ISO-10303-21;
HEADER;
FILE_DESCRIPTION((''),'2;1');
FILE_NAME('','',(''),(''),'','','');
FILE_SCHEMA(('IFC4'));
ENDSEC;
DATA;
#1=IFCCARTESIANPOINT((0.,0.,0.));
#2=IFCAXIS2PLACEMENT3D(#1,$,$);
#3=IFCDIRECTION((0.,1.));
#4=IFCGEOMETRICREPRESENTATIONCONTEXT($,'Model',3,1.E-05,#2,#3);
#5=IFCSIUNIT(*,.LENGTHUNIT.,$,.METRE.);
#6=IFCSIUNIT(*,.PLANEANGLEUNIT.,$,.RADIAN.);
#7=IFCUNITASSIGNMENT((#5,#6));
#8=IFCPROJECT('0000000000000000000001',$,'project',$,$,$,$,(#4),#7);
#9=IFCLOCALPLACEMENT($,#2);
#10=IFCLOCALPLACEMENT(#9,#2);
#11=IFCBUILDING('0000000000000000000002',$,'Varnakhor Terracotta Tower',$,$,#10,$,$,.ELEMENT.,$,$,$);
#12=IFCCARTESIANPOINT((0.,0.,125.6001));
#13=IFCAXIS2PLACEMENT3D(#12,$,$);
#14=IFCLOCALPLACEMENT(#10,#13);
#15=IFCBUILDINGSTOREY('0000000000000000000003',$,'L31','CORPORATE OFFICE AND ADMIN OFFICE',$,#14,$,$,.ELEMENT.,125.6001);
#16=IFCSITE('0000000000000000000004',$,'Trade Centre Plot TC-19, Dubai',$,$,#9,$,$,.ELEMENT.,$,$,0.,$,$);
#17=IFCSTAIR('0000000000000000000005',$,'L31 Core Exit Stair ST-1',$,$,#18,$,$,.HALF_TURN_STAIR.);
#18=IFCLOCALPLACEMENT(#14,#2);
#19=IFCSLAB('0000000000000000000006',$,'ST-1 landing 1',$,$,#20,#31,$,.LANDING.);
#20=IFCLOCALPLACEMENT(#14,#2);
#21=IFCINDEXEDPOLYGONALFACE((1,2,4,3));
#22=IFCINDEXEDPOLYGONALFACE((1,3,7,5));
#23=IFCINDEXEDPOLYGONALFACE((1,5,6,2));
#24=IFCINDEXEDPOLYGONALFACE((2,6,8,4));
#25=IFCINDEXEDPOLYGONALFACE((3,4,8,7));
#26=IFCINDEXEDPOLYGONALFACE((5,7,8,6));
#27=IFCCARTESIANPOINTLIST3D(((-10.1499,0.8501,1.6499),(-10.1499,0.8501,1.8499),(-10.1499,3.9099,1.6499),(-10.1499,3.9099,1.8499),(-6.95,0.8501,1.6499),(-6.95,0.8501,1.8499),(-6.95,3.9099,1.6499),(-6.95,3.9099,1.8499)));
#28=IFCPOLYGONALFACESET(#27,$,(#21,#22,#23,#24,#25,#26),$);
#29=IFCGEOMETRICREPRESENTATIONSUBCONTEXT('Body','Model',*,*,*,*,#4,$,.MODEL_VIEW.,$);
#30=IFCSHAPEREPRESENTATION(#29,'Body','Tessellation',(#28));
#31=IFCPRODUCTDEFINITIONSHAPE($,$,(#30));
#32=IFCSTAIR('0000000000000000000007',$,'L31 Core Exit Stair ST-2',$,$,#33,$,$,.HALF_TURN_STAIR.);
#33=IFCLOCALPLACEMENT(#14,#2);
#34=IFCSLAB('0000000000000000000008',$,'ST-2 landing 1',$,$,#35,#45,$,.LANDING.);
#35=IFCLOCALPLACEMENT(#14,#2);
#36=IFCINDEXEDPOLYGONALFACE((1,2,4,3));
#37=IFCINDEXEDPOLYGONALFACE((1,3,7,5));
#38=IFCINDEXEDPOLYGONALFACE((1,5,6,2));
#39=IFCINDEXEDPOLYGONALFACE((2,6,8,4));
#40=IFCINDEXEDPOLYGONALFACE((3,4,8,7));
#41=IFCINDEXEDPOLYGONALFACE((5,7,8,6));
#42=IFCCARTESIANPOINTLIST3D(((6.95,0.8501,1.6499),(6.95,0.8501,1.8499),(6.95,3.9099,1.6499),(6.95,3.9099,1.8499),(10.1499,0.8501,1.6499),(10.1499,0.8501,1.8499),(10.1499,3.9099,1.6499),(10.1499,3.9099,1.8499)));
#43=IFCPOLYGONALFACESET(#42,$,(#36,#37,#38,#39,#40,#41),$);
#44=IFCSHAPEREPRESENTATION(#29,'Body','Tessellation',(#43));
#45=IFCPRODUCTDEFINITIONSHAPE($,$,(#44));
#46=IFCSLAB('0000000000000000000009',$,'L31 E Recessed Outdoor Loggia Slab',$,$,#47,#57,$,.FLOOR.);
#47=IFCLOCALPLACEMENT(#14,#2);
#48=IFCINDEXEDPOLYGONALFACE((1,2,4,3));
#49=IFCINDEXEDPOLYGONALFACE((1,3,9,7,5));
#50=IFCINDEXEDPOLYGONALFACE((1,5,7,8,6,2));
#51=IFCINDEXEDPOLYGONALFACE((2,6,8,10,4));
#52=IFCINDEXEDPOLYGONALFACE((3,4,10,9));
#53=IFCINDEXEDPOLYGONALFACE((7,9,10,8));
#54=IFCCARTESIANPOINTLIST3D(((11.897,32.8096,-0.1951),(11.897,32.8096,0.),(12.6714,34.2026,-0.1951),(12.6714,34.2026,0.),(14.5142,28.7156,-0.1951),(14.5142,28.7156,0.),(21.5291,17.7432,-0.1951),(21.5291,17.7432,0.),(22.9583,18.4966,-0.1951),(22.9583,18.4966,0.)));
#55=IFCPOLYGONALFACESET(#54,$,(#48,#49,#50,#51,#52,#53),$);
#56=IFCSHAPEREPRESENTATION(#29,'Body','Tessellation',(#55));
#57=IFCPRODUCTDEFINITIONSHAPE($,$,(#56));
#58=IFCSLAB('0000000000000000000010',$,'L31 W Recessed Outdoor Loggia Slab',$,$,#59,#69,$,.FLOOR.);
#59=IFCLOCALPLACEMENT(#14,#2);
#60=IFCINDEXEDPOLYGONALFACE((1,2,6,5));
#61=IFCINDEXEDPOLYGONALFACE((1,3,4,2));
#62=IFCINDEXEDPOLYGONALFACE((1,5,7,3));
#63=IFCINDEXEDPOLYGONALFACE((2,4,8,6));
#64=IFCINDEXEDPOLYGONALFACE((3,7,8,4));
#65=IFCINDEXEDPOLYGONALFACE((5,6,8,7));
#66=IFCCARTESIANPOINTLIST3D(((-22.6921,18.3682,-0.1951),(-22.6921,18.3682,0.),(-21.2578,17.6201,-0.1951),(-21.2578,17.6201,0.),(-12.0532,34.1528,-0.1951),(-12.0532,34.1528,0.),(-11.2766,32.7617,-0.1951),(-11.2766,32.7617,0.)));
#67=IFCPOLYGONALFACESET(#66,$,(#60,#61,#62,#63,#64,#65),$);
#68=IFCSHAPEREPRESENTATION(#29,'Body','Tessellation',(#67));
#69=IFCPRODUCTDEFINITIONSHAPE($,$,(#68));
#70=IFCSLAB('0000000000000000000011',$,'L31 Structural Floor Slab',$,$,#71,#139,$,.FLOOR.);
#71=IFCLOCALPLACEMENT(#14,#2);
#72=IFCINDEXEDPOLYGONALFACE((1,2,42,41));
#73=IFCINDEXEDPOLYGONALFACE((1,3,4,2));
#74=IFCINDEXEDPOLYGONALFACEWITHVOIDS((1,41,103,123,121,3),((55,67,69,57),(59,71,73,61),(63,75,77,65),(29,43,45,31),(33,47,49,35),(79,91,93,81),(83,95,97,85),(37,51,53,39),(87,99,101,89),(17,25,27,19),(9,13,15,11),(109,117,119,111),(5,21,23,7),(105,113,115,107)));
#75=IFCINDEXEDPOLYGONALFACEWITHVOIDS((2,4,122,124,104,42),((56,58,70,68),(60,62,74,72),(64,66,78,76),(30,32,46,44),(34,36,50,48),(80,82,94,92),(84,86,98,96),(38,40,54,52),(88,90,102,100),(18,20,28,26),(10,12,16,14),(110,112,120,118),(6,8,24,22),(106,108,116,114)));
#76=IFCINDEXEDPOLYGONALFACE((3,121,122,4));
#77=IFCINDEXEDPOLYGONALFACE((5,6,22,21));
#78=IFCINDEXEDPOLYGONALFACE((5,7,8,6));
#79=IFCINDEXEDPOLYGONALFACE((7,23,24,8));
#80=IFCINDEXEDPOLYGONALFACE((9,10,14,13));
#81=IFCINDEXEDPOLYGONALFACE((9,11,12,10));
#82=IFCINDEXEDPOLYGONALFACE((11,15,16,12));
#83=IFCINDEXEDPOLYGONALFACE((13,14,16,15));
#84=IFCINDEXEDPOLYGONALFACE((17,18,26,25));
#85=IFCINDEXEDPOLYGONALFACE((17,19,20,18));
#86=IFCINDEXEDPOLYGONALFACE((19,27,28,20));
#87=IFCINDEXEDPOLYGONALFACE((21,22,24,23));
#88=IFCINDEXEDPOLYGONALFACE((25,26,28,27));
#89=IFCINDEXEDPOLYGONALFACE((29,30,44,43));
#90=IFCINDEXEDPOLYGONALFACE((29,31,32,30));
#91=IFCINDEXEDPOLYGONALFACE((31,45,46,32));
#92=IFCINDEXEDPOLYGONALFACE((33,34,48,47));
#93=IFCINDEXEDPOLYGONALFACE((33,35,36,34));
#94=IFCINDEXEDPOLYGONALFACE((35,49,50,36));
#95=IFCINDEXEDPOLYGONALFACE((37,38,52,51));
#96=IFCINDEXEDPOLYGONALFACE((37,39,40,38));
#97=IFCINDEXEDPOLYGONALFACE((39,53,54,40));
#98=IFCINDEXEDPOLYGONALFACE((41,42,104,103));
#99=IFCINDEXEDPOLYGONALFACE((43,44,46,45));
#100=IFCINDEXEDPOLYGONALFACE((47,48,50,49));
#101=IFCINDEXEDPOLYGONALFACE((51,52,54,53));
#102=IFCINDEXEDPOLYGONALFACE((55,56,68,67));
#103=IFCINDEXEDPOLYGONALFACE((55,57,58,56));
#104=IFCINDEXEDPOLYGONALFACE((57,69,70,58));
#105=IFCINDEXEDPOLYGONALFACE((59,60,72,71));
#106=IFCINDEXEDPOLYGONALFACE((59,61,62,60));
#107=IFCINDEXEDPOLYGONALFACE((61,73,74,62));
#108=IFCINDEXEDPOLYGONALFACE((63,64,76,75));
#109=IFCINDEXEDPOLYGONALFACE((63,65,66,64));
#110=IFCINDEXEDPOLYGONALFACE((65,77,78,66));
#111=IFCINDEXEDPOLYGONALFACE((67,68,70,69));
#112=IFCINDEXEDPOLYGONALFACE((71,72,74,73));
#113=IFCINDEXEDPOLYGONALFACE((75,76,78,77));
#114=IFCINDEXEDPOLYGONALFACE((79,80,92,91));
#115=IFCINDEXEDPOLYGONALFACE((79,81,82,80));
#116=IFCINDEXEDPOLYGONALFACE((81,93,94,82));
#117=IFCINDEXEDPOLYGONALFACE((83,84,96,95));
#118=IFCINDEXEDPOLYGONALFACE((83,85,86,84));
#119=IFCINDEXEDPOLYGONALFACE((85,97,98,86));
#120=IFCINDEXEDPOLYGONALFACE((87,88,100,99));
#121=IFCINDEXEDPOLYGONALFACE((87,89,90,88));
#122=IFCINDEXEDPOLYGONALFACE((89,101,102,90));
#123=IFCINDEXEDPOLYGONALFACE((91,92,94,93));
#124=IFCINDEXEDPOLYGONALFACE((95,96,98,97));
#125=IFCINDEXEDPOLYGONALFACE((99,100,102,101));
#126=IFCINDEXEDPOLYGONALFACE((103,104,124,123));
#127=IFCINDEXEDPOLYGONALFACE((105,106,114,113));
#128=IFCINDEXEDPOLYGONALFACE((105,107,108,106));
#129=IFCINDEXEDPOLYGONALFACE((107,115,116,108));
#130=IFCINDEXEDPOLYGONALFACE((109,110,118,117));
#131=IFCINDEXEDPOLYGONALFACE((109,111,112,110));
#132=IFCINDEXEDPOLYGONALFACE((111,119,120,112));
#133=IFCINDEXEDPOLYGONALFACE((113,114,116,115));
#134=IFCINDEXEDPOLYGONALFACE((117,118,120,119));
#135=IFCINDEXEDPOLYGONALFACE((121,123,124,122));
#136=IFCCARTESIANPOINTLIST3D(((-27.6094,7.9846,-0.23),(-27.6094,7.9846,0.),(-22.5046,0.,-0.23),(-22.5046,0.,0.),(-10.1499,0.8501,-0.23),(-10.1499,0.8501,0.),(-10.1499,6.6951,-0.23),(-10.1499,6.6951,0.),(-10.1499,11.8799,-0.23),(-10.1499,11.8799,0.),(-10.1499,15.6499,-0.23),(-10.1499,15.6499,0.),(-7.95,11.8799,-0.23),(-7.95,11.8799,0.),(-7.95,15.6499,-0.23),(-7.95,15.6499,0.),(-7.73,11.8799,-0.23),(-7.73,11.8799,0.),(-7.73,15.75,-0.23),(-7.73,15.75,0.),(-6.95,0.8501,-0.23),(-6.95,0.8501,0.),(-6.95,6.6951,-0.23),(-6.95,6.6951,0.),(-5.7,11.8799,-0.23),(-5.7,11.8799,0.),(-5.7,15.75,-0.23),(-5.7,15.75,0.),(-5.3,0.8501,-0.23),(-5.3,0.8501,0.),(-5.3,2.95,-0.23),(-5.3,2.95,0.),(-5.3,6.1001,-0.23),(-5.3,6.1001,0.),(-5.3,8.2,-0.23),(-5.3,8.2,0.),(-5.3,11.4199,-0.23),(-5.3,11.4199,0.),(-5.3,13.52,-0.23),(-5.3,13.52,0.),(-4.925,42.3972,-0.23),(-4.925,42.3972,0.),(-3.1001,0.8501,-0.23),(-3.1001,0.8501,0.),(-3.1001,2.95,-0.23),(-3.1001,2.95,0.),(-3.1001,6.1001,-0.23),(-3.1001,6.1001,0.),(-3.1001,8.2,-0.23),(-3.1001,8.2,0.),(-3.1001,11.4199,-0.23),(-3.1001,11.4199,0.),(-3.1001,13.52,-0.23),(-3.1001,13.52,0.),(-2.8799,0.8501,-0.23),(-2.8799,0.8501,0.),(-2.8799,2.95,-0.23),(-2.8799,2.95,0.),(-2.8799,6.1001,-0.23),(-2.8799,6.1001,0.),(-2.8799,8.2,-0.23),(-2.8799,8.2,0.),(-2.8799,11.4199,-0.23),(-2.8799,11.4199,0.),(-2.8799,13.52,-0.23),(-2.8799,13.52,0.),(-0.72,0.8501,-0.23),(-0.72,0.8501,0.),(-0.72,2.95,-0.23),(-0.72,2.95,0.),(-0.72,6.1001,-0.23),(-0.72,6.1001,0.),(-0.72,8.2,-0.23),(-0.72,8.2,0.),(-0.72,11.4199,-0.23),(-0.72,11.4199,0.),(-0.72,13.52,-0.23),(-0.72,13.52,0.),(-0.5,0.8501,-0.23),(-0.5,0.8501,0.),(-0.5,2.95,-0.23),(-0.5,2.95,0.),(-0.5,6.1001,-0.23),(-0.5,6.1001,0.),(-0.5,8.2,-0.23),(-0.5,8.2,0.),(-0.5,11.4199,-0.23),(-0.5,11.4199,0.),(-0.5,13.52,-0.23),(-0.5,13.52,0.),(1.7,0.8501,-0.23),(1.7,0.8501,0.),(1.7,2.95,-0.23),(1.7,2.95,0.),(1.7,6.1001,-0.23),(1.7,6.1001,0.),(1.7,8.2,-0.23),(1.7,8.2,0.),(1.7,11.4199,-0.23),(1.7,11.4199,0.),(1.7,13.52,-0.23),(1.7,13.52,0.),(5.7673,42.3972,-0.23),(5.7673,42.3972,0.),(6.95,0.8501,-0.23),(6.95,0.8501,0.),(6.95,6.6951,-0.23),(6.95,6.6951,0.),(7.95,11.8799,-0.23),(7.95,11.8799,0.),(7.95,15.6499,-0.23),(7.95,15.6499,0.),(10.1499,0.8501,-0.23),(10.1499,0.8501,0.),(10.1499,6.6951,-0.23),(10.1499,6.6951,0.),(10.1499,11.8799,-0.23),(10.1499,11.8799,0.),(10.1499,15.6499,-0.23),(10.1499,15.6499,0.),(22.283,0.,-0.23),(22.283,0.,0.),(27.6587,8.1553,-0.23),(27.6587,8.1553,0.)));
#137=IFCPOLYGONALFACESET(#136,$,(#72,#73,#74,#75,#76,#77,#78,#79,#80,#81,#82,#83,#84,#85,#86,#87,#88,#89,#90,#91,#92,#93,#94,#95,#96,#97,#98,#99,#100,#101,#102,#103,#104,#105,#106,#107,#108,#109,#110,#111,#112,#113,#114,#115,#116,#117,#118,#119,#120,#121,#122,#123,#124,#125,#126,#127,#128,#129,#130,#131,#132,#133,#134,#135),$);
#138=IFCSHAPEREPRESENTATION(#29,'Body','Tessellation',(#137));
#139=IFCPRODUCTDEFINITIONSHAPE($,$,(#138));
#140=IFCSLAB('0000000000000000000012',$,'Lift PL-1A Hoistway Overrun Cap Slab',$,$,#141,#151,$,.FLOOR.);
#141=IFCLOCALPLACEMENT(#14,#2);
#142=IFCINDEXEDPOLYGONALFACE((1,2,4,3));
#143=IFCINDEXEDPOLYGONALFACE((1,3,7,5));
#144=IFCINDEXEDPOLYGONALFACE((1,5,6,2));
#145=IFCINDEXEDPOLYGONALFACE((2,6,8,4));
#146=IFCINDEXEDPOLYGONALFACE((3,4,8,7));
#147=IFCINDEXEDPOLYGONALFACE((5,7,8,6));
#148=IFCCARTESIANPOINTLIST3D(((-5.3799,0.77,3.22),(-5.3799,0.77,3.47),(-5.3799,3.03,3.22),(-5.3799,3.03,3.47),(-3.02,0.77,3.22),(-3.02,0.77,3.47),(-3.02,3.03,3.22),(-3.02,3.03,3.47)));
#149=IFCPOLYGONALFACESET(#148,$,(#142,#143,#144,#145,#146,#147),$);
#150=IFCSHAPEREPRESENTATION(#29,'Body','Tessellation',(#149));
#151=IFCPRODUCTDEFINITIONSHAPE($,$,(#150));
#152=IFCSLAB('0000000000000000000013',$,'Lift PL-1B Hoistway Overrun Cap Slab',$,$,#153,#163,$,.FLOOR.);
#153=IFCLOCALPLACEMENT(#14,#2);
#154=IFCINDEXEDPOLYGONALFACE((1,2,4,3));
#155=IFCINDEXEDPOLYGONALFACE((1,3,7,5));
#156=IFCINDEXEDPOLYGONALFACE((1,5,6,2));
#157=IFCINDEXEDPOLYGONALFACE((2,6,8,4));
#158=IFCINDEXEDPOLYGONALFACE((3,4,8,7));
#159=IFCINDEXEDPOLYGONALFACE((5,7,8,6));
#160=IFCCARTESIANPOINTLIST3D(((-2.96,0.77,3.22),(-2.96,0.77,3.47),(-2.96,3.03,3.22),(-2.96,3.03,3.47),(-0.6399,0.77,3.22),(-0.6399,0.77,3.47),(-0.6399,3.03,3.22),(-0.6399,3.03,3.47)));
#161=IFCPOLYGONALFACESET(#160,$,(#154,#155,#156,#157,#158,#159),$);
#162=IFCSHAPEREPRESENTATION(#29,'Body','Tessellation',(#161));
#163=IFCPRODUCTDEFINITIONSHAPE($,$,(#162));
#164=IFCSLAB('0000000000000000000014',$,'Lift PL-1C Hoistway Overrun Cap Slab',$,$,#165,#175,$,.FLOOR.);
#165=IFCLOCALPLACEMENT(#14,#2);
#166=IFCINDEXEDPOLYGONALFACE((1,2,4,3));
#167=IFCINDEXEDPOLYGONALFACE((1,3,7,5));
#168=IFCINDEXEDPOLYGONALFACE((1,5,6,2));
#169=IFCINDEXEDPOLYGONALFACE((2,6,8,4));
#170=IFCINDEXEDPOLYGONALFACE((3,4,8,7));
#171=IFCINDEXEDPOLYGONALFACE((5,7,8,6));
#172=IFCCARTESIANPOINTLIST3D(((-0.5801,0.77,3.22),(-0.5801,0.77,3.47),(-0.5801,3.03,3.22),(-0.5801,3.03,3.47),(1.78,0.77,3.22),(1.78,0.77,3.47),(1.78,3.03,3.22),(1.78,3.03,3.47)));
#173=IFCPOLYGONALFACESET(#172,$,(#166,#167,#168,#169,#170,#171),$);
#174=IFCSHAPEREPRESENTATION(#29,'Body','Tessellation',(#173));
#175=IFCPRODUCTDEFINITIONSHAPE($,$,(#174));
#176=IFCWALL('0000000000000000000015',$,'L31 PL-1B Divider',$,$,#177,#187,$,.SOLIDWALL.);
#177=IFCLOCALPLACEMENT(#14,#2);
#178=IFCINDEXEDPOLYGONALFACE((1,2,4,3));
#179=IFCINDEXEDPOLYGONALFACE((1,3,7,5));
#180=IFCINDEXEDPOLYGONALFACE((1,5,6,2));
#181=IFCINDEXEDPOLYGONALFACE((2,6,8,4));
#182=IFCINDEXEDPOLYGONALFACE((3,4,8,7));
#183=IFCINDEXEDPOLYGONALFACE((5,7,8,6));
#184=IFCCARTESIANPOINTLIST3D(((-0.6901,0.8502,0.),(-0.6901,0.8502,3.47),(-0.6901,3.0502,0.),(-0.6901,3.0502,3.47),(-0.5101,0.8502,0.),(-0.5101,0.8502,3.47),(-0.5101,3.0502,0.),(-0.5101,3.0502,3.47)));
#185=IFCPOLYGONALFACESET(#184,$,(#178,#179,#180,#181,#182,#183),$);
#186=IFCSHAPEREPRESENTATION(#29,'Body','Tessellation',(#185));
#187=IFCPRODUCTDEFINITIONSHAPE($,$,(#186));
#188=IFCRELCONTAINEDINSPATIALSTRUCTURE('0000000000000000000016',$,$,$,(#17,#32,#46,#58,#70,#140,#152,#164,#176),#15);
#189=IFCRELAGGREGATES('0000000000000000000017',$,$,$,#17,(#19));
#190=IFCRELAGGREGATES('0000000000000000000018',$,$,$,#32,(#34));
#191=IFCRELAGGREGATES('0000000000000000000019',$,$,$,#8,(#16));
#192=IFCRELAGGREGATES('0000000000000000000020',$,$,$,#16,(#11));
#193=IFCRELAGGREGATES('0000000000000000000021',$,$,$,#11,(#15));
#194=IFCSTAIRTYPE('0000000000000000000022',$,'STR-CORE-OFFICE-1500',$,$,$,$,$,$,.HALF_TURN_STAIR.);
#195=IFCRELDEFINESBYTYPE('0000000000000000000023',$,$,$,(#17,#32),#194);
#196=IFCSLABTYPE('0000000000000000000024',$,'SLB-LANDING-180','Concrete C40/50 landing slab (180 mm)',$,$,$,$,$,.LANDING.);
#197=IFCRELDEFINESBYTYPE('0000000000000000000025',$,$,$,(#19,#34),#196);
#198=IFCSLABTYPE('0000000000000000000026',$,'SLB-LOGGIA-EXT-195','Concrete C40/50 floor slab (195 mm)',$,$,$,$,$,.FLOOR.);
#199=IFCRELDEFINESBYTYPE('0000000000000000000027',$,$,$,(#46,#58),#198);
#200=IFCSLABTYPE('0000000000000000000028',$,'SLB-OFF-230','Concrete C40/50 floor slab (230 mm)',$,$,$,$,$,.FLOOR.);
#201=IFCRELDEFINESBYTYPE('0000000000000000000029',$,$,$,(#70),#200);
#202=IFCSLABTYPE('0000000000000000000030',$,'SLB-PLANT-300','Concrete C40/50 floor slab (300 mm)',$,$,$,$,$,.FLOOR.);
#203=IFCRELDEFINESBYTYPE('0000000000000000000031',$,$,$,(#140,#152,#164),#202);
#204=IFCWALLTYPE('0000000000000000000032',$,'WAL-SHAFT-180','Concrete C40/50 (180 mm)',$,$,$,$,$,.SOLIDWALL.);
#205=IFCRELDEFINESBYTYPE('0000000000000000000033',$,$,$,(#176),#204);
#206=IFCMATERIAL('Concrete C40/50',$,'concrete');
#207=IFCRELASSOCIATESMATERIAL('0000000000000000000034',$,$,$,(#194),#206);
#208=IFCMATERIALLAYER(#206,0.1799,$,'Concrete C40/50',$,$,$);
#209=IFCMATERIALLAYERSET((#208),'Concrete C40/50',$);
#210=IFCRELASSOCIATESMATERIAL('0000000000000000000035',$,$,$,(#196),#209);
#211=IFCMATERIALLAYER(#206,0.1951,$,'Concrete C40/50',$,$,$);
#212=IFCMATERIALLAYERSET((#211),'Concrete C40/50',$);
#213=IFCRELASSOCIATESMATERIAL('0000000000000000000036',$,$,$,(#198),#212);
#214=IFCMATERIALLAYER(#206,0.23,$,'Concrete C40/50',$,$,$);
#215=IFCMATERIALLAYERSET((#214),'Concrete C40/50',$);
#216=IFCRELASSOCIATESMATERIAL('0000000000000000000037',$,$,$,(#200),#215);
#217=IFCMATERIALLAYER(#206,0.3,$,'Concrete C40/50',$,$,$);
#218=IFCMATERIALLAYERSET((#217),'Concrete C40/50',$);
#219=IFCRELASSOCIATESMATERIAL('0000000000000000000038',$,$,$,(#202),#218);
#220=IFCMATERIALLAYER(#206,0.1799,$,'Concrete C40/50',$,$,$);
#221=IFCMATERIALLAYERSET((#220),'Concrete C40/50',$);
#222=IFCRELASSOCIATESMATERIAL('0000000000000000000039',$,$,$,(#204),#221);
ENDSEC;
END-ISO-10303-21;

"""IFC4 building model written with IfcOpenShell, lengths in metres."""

from ifc_helpers import new_model, si_unit, direction, frame, frame_2d, origin, place, context, subcontext, project, spatial, polyline, rectangle, outline, extrude, material, layer, layer_set, type_object, element, aggregate, save


model = new_model("IFC4")

# Units and contexts
model_context = context("Model", 3, precision=1e-05, world=origin(), true_north=direction((0.0, 1.0)))
body_context = subcontext(model_context, "Body", "Model", "MODEL_VIEW")
ifc_project = project(units=[si_unit("LENGTHUNIT", "METRE"), si_unit("PLANEANGLEUNIT", "RADIAN")], contexts=[model_context])

# Site, building, storey
site_placement = place(None, origin())
site = spatial("IfcSite", under=ifc_project, at=site_placement, Name="Trade Centre Plot TC-19, Dubai", CompositionType="ELEMENT", RefElevation=0.0)
building_placement = place(site_placement, origin())
building = spatial("IfcBuilding", under=site, at=building_placement, Name="Varnakhor Terracotta Tower", CompositionType="ELEMENT")
storey_placement = place(building_placement, frame((0.0, 0.0, 125.6001)))
storey = spatial("IfcBuildingStorey", under=building, at=storey_placement, Name="L31", Description="CORPORATE OFFICE AND ADMIN OFFICE", CompositionType="ELEMENT", Elevation=125.6001)

# Stairs, slabs
ifc_material_1 = material(Name="Concrete C40/50", Category="concrete")
stair_type = type_object("IfcStairType", Name="STR-CORE-OFFICE-1500", PredefinedType="HALF_TURN_STAIR", material=ifc_material_1)
stair_1_placement = place(storey_placement, origin())
stair_1 = element("IfcStair", 1, at=stair_1_placement, inside=storey, type_object=stair_type, Name="L31 Core Exit Stair ST-1", PredefinedType="HALF_TURN_STAIR")
ifc_layer_1 = layer(ifc_material_1, 0.1799, Name="Concrete C40/50")
ifc_layer_set_1 = layer_set([ifc_layer_1], Name="Concrete C40/50")
slab_type_1 = type_object("IfcSlabType", Name="SLB-LANDING-180", Description="Concrete C40/50 landing slab (180 mm)", PredefinedType="LANDING", material=ifc_layer_set_1)
slab_1_placement = place(storey_placement, frame((0.0, 0.0, 1.6499)))
slab_1 = element("IfcSlab", 2, at=slab_1_placement, type_object=slab_type_1, Name="ST-1 landing 1", PredefinedType="LANDING", context=body_context, shape_type="SweptSolid", body=[
    extrude(outline(polyline([(-10.1499, 3.9099), (-10.1499, 0.8501), (-6.95, 0.8501), (-6.95, 3.9099), (-10.1499, 3.9099)])), origin(), (0.0, 0.0, 1.0), 0.2),
])
aggregate(stair_1, [slab_1])
stair_2_placement = place(storey_placement, origin())
stair_2 = element("IfcStair", 3, at=stair_2_placement, inside=storey, type_object=stair_type, Name="L31 Core Exit Stair ST-2", PredefinedType="HALF_TURN_STAIR")
slab_2_placement = place(storey_placement, frame((0.0, 0.0, 1.6499)))
slab_2 = element("IfcSlab", 4, at=slab_2_placement, type_object=slab_type_1, Name="ST-2 landing 1", PredefinedType="LANDING", context=body_context, shape_type="SweptSolid", body=[
    extrude(outline(polyline([(6.95, 3.9099), (6.95, 0.8501), (10.1499, 0.8501), (10.1499, 3.9099), (6.95, 3.9099)])), origin(), (0.0, 0.0, 1.0), 0.2),
])
aggregate(stair_2, [slab_2])

# Slabs
ifc_layer_2 = layer(ifc_material_1, 0.1951, Name="Concrete C40/50")
ifc_layer_set_2 = layer_set([ifc_layer_2], Name="Concrete C40/50")
slab_type_2 = type_object("IfcSlabType", Name="SLB-LOGGIA-EXT-195", Description="Concrete C40/50 floor slab (195 mm)", PredefinedType="FLOOR", material=ifc_layer_set_2)
slab_3_placement = place(storey_placement, frame((0.0, 0.0, -0.1951)))
element("IfcSlab", 5, at=slab_3_placement, inside=storey, type_object=slab_type_2, Name="L31 E Recessed Outdoor Loggia Slab", PredefinedType="FLOOR", context=body_context, shape_type="SweptSolid", body=[
    extrude(outline(polyline([(12.6714, 34.2026), (22.9583, 18.4966), (21.5291, 17.7432), (14.5142, 28.7156), (11.897, 32.8096), (12.6714, 34.2026)])), origin(), (0.0, 0.0, 1.0), 0.1951),
])
slab_4_placement = place(storey_placement, frame((0.0, 0.0, -0.1951)))
element("IfcSlab", 6, at=slab_4_placement, inside=storey, type_object=slab_type_2, Name="L31 W Recessed Outdoor Loggia Slab", PredefinedType="FLOOR", context=body_context, shape_type="SweptSolid", body=[
    extrude(outline(polyline([(-22.6921, 18.3682), (-12.0532, 34.1528), (-11.2766, 32.7617), (-21.2578, 17.6201), (-22.6921, 18.3682)])), origin(), (0.0, 0.0, 1.0), 0.1951),
])
ifc_layer_3 = layer(ifc_material_1, 0.23, Name="Concrete C40/50")
ifc_layer_set_3 = layer_set([ifc_layer_3], Name="Concrete C40/50")
slab_type_3 = type_object("IfcSlabType", Name="SLB-OFF-230", Description="Concrete C40/50 floor slab (230 mm)", PredefinedType="FLOOR", material=ifc_layer_set_3)
slab_5_placement = place(storey_placement, frame((0.0, 0.0, -0.23)))
element("IfcSlab", 7, at=slab_5_placement, inside=storey, type_object=slab_type_3, Name="L31 Structural Floor Slab", PredefinedType="FLOOR", context=body_context, shape_type="SweptSolid", body=[
    extrude(outline(polyline([(-27.6094, 7.9846), (-4.925, 42.3972), (5.7673, 42.3972), (27.6587, 8.1553), (22.283, 0.0), (-22.5046, 0.0), (-27.6094, 7.9846)]), holes=[polyline([(-3.1001, 0.8501), (-3.1001, 2.95), (-5.3, 2.95), (-5.3, 0.8501), (-3.1001, 0.8501)]), polyline([(-2.8799, 0.8501), (-0.72, 0.8501), (-0.72, 2.95), (-2.8799, 2.95), (-2.8799, 0.8501)]), polyline([(-10.1499, 0.8501), (-6.95, 0.8501), (-6.95, 6.6951), (-10.1499, 6.6951), (-10.1499, 0.8501)]), polyline([(-5.3, 6.1001), (-3.1001, 6.1001), (-3.1001, 8.2), (-5.3, 8.2), (-5.3, 6.1001)]), polyline([(-5.3, 11.4199), (-3.1001, 11.4199), (-3.1001, 13.52), (-5.3, 13.52), (-5.3, 11.4199)]), polyline([(-10.1499, 11.8799), (-7.95, 11.8799), (-7.95, 15.6499), (-10.1499, 15.6499), (-10.1499, 11.8799)]), polyline([(-7.73, 11.8799), (-5.7, 11.8799), (-5.7, 15.75), (-7.73, 15.75), (-7.73, 11.8799)]), polyline([(1.7, 0.8501), (1.7, 2.95), (-0.5, 2.95), (-0.5, 0.8501), (1.7, 0.8501)]), polyline([(6.95, 0.8501), (10.1499, 0.8501), (10.1499, 6.6951), (6.95, 6.6951), (6.95, 0.8501)]), polyline([(-2.8799, 6.1001), (-0.72, 6.1001), (-0.72, 8.2), (-2.8799, 8.2), (-2.8799, 6.1001)]), polyline([(-0.5, 6.1001), (1.7, 6.1001), (1.7, 8.2), (-0.5, 8.2), (-0.5, 6.1001)]), polyline([(-2.8799, 11.4199), (-0.72, 11.4199), (-0.72, 13.52), (-2.8799, 13.52), (-2.8799, 11.4199)]), polyline([(-0.5, 11.4199), (1.7, 11.4199), (1.7, 13.52), (-0.5, 13.52), (-0.5, 11.4199)]), polyline([(7.95, 11.8799), (10.1499, 11.8799), (10.1499, 15.6499), (7.95, 15.6499), (7.95, 11.8799)])]), origin(), (0.0, 0.0, 1.0), 0.23),
])
ifc_layer_4 = layer(ifc_material_1, 0.3, Name="Concrete C40/50")
ifc_layer_set_4 = layer_set([ifc_layer_4], Name="Concrete C40/50")
slab_type_4 = type_object("IfcSlabType", Name="SLB-PLANT-300", Description="Concrete C40/50 floor slab (300 mm)", PredefinedType="FLOOR", material=ifc_layer_set_4)
slab_6_placement = place(storey_placement, frame((0.0, 0.0, 3.22)))
element("IfcSlab", 8, at=slab_6_placement, inside=storey, type_object=slab_type_4, Name="Lift PL-1A Hoistway Overrun Cap Slab", PredefinedType="FLOOR", context=body_context, shape_type="SweptSolid", body=[
    extrude(outline(polyline([(-5.3799, 0.77), (-3.02, 0.77), (-3.02, 3.03), (-5.3799, 3.03), (-5.3799, 0.77)])), origin(), (0.0, 0.0, 1.0), 0.25),
])
slab_7_placement = place(storey_placement, frame((0.0, 0.0, 3.22)))
element("IfcSlab", 9, at=slab_7_placement, inside=storey, type_object=slab_type_4, Name="Lift PL-1B Hoistway Overrun Cap Slab", PredefinedType="FLOOR", context=body_context, shape_type="SweptSolid", body=[
    extrude(outline(polyline([(-2.96, 0.77), (-0.6399, 0.77), (-0.6399, 3.03), (-2.96, 3.03), (-2.96, 0.77)])), origin(), (0.0, 0.0, 1.0), 0.25),
])
slab_8_placement = place(storey_placement, frame((0.0, 0.0, 3.22)))
element("IfcSlab", 10, at=slab_8_placement, inside=storey, type_object=slab_type_4, Name="Lift PL-1C Hoistway Overrun Cap Slab", PredefinedType="FLOOR", context=body_context, shape_type="SweptSolid", body=[
    extrude(outline(polyline([(-0.5801, 0.77), (1.78, 0.77), (1.78, 3.03), (-0.5801, 3.03), (-0.5801, 0.77)])), origin(), (0.0, 0.0, 1.0), 0.25),
])

# Wall
ifc_layer_5 = layer(ifc_material_1, 0.1799, Name="Concrete C40/50")
ifc_layer_set_5 = layer_set([ifc_layer_5], Name="Concrete C40/50")
wall_type_1 = type_object("IfcWallType", Name="WAL-SHAFT-180", Description="Concrete C40/50 (180 mm)", PredefinedType="SOLIDWALL", material=ifc_layer_set_5)
wall_1_placement = place(storey_placement, frame((-0.6001, 0.8501, 0.0), z_axis=(0.0, 0.0, 1.0), x_axis=(0.0, 1.0, 0.0)))
element("IfcWall", 11, at=wall_1_placement, inside=storey, type_object=wall_type_1, Name="L31 PL-1B Divider", PredefinedType="SOLIDWALL", context=body_context, shape_type="SweptSolid", body=[
    extrude(rectangle(XDim=2.2, YDim=0.1799, at=frame_2d((1.1001, 0.0))), origin(), (0.0, 0.0, 1.0), 3.47),
])

save(model, "model.ifc")
